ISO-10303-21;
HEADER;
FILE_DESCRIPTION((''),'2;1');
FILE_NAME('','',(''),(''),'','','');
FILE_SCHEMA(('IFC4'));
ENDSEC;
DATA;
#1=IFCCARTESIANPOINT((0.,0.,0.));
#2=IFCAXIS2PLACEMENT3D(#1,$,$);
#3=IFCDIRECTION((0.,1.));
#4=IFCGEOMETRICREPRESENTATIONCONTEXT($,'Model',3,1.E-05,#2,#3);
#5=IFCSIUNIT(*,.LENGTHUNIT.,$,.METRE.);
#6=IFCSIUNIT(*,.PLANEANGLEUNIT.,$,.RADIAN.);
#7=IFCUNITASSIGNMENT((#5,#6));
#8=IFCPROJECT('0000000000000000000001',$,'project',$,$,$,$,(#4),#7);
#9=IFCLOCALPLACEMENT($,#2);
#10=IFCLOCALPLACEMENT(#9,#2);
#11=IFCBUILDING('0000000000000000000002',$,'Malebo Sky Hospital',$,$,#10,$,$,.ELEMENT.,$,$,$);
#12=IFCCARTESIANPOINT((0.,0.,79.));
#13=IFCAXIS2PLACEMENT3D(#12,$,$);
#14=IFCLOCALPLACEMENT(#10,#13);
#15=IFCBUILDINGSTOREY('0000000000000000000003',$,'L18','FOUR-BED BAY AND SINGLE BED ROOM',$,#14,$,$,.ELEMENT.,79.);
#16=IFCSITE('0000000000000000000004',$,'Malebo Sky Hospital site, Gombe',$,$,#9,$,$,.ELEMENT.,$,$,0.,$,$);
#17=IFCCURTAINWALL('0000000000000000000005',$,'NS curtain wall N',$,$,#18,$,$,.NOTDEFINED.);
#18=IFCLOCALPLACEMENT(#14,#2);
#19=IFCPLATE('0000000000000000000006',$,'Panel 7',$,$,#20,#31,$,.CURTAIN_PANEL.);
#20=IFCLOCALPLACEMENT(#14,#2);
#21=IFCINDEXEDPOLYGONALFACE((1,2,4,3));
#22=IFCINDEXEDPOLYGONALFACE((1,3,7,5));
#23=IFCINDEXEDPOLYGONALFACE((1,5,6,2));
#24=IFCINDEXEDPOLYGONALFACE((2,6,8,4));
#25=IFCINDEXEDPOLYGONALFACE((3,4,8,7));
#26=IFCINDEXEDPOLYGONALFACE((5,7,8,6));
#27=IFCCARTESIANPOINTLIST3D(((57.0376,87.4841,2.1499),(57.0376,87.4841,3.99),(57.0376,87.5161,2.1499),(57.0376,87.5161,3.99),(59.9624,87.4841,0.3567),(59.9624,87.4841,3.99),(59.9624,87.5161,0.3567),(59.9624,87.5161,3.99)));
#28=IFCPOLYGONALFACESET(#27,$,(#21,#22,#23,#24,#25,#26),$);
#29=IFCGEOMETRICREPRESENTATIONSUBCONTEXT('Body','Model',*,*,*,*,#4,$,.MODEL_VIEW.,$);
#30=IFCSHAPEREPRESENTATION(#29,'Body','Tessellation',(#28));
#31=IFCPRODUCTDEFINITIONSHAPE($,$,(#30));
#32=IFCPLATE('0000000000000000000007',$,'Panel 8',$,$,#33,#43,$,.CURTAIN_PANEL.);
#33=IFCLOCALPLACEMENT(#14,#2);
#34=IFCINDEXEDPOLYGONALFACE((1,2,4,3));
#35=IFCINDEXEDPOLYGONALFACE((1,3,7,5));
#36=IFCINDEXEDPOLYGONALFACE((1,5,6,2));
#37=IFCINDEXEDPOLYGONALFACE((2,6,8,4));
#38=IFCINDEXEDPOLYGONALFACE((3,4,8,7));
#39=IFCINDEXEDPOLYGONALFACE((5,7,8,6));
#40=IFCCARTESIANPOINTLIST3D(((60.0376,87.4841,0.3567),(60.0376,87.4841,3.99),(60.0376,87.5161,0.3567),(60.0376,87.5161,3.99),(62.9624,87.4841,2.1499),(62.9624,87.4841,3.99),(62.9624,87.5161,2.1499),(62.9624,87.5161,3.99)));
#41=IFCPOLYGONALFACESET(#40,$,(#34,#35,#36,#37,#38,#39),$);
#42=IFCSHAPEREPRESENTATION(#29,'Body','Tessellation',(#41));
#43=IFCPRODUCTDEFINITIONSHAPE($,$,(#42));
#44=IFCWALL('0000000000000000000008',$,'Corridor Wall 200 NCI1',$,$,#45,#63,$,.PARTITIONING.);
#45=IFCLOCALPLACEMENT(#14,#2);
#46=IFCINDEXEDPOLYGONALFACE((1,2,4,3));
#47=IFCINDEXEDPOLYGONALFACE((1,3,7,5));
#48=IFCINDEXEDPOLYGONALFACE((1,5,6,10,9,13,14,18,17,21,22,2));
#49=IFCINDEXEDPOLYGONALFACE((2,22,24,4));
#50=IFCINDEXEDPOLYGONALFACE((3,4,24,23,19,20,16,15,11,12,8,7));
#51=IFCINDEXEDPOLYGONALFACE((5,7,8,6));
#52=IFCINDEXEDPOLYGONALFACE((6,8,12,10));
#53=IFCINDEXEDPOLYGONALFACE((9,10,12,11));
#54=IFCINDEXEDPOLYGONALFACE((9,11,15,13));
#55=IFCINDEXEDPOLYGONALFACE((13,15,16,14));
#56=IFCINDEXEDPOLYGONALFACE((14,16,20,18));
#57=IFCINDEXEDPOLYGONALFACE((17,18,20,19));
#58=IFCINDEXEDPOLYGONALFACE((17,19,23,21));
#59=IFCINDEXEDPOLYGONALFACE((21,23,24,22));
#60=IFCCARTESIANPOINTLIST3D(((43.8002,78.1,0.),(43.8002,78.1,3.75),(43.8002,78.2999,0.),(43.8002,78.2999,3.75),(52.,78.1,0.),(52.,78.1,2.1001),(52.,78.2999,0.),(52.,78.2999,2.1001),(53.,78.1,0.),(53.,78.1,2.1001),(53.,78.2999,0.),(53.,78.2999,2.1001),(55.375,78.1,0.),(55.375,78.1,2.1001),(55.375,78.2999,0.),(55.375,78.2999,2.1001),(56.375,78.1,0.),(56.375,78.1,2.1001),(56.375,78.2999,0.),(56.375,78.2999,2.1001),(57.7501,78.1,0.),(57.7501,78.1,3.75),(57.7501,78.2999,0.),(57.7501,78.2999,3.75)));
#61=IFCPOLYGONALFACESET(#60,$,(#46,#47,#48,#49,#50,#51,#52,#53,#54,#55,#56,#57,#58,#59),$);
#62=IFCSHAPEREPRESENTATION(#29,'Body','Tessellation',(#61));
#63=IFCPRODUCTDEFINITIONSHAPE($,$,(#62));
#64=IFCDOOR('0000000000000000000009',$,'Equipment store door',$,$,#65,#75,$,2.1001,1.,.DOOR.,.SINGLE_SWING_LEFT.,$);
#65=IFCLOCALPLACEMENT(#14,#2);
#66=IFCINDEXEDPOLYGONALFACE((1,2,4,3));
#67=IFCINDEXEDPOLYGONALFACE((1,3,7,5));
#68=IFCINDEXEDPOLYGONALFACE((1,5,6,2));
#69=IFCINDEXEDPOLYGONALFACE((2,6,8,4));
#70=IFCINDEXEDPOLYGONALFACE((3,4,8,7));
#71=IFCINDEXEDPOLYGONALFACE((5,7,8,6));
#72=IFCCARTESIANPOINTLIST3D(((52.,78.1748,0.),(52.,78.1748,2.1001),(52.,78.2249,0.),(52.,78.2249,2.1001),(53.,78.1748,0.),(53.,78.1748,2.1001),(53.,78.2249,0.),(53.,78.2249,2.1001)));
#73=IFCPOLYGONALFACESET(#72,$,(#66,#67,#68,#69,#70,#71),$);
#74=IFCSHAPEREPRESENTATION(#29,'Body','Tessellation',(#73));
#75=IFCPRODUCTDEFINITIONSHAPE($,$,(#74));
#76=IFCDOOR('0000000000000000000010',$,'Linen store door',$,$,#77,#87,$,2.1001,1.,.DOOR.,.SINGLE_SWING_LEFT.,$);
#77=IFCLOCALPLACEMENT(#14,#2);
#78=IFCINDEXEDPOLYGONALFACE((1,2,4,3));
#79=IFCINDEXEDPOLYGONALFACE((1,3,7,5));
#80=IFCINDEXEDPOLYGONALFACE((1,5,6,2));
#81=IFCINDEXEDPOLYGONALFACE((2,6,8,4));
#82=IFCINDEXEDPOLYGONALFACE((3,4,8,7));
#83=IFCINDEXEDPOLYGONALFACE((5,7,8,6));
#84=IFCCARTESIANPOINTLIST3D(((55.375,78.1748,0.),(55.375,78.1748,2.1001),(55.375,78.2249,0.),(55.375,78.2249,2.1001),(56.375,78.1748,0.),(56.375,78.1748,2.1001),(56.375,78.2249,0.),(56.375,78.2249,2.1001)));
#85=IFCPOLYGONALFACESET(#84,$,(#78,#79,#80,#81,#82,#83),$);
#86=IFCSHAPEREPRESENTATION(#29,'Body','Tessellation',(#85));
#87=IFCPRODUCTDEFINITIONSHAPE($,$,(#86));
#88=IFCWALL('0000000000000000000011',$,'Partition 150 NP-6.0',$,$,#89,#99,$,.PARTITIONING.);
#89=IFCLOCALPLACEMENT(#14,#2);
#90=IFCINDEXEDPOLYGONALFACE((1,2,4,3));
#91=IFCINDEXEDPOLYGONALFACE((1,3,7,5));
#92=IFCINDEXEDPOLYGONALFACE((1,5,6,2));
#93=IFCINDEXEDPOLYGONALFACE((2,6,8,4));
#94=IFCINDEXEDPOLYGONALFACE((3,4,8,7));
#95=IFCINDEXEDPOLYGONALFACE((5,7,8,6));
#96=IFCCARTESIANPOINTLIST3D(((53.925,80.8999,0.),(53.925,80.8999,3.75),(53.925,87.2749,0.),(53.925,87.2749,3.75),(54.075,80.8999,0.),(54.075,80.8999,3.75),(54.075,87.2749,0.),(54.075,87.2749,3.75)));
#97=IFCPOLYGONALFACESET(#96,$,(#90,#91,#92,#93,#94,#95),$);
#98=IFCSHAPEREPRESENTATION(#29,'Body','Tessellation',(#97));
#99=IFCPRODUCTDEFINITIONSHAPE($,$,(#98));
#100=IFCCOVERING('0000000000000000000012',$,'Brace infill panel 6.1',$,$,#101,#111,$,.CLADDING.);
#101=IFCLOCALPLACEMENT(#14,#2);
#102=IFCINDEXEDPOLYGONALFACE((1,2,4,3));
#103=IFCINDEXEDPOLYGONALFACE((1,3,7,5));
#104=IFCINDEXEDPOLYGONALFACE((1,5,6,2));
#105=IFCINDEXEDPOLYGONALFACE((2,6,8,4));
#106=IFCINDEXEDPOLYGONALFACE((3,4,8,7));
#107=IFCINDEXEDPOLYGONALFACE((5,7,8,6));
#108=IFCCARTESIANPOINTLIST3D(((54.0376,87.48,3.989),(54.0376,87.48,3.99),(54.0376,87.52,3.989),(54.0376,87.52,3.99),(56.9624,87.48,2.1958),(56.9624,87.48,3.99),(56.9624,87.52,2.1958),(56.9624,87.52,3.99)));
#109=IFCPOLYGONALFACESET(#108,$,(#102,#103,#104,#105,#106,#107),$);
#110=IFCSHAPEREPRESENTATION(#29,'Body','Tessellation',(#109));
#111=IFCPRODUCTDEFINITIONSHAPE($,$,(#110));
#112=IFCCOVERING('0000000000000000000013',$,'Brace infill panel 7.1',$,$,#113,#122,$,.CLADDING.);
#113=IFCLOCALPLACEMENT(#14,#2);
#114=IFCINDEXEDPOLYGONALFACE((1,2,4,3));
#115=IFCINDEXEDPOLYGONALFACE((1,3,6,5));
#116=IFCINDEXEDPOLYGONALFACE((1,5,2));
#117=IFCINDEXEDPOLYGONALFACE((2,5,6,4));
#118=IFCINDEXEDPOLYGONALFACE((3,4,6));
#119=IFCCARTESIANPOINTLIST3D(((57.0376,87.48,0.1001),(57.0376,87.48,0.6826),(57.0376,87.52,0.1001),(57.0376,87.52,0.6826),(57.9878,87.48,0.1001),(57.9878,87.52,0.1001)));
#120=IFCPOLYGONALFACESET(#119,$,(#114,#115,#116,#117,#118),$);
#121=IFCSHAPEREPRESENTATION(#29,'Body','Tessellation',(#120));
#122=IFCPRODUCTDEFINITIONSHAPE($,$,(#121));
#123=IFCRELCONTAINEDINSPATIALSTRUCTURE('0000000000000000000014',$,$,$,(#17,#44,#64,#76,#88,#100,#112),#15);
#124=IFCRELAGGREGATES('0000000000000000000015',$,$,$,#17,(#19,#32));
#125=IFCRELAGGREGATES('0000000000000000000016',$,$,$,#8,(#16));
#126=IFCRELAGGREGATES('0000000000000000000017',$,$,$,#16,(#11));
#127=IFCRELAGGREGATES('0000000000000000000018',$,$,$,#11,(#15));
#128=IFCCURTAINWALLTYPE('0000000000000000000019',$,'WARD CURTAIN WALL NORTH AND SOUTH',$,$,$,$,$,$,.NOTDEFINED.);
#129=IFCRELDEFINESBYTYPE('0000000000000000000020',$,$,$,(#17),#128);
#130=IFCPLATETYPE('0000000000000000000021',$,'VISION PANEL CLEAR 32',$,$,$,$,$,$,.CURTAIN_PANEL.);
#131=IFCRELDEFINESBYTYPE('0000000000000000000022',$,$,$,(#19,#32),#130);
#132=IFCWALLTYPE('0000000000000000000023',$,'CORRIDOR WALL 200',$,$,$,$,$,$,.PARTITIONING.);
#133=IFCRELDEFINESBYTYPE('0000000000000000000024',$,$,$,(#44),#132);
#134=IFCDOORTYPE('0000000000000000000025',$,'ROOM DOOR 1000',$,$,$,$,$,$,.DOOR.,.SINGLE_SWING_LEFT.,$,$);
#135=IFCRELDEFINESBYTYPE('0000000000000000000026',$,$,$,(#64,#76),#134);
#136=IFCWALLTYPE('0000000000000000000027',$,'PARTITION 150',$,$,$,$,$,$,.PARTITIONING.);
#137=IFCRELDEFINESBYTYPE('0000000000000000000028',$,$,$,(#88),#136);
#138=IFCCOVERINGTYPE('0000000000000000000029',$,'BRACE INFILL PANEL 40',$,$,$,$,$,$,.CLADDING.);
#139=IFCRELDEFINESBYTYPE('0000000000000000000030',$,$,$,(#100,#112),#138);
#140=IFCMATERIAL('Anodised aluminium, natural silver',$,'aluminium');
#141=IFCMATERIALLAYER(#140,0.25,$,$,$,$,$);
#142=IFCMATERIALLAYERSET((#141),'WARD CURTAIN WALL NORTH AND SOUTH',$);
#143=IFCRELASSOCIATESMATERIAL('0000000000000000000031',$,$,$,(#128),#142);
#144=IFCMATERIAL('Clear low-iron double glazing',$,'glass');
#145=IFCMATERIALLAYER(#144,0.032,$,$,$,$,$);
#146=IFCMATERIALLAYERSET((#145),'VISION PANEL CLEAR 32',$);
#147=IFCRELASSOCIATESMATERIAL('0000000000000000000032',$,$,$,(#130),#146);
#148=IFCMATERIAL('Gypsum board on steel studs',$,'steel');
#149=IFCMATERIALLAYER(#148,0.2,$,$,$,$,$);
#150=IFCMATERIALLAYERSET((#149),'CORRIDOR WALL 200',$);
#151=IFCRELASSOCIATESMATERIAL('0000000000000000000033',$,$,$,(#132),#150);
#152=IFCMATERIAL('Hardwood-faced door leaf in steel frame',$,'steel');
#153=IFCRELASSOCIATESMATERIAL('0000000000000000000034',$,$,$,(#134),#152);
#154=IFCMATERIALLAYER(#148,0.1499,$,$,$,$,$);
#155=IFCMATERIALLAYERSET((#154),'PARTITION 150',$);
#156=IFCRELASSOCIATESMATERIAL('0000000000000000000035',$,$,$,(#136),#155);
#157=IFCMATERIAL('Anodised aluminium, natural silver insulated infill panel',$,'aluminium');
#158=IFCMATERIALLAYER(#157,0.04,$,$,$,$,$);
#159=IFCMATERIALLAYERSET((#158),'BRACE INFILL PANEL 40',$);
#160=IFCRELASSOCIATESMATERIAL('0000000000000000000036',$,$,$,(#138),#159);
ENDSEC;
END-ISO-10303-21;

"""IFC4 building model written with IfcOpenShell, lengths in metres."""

from ifc_helpers import new_model, si_unit, direction, frame, frame_2d, origin, place, context, subcontext, project, spatial, polyline, rectangle, outline, extrude, material, layer, layer_set, type_object, element, fill, aggregate, save


model = new_model("IFC4")

# Units and contexts
model_context = context("Model", 3, precision=1e-05, world=origin(), true_north=direction((0.0, 1.0)))
body_context = subcontext(model_context, "Body", "Model", "MODEL_VIEW")
ifc_project = project(units=[si_unit("LENGTHUNIT", "METRE"), si_unit("PLANEANGLEUNIT", "RADIAN")], contexts=[model_context])

# Site, building, storey
site_placement = place(None, origin())
site = spatial("IfcSite", under=ifc_project, at=site_placement, Name="Malebo Sky Hospital site, Gombe", CompositionType="ELEMENT", RefElevation=0.0)
building_placement = place(site_placement, origin())
building = spatial("IfcBuilding", under=site, at=building_placement, Name="Malebo Sky Hospital", CompositionType="ELEMENT")
storey_placement = place(building_placement, frame((0.0, 0.0, 79.0)))
storey = spatial("IfcBuildingStorey", under=building, at=storey_placement, Name="L18", Description="FOUR-BED BAY AND SINGLE BED ROOM", CompositionType="ELEMENT", Elevation=79.0)

# Curtain wall
ifc_material_1 = material(Name="Anodised aluminium, natural silver", Category="aluminium")
ifc_layer_1 = layer(ifc_material_1, 0.25)
ifc_layer_set_1 = layer_set([ifc_layer_1], Name="WARD CURTAIN WALL NORTH AND SOUTH")
curtain_wall_type = type_object("IfcCurtainWallType", Name="WARD CURTAIN WALL NORTH AND SOUTH", PredefinedType="NOTDEFINED", material=ifc_layer_set_1)
curtain_wall_placement = place(storey_placement, origin())
curtain_wall = element("IfcCurtainWall", 1, at=curtain_wall_placement, inside=storey, type_object=curtain_wall_type, Name="NS curtain wall N", PredefinedType="NOTDEFINED")

# Plates
ifc_material_2 = material(Name="Clear low-iron double glazing", Category="glass")
ifc_layer_2 = layer(ifc_material_2, 0.032)
ifc_layer_set_2 = layer_set([ifc_layer_2], Name="VISION PANEL CLEAR 32")
plate_type = type_object("IfcPlateType", Name="VISION PANEL CLEAR 32", PredefinedType="CURTAIN_PANEL", material=ifc_layer_set_2)
plate_1_placement = place(storey_placement, frame((58.5, 87.5, 0.3567), z_axis=(0.0, 0.0, 1.0), x_axis=(1.0, 0.0, 0.0)))
plate_1 = element("IfcPlate", 2, at=plate_1_placement, type_object=plate_type, Name="Panel 7", PredefinedType="CURTAIN_PANEL", context=body_context, shape_type="SweptSolid", body=[
    extrude(outline(polyline([(1.4624, 0.0), (1.4624, 3.6333), (-1.4624, 3.6333), (-1.4624, 1.7932), (1.4624, 0.0)])), frame((0.0, 0.0161, 0.0), z_axis=(0.0, -1.0, 0.0), x_axis=(1.0, 0.0, 0.0)), (0.0, 0.0, 1.0), 0.032),
])
plate_2_placement = place(storey_placement, frame((61.5, 87.5, 0.3567), z_axis=(0.0, 0.0, 1.0), x_axis=(1.0, 0.0, 0.0)))
plate_2 = element("IfcPlate", 3, at=plate_2_placement, type_object=plate_type, Name="Panel 8", PredefinedType="CURTAIN_PANEL", context=body_context, shape_type="SweptSolid", body=[
    extrude(outline(polyline([(-1.4624, 0.0), (1.4624, 1.7932), (1.4624, 3.6333), (-1.4624, 3.6333), (-1.4624, 0.0)])), frame((0.0, 0.0161, 0.0), z_axis=(0.0, -1.0, 0.0), x_axis=(1.0, 0.0, 0.0)), (0.0, 0.0, 1.0), 0.032),
])
aggregate(curtain_wall, [plate_1, plate_2])

# Wall, openings, doors
ifc_material_3 = material(Name="Gypsum board on steel studs", Category="steel")
ifc_layer_3 = layer(ifc_material_3, 0.2)
ifc_layer_set_3 = layer_set([ifc_layer_3], Name="CORRIDOR WALL 200")
wall_type_1 = type_object("IfcWallType", Name="CORRIDOR WALL 200", PredefinedType="PARTITIONING", material=ifc_layer_set_3)
wall_1_placement = place(storey_placement, frame((43.8, 78.2, 0.0), z_axis=(0.0, 0.0, 1.0), x_axis=(1.0, 0.0, 0.0)))
wall_1 = element("IfcWall", 4, at=wall_1_placement, inside=storey, type_object=wall_type_1, Name="Corridor Wall 200 NCI1", PredefinedType="PARTITIONING", context=body_context, shape_type="SweptSolid", body=[
    extrude(rectangle(XDim=13.95, YDim=0.2, at=frame_2d((6.9751, 0.0))), origin(), (0.0, 0.0, 1.0), 3.75),
])
opening_1_placement = place(wall_1_placement, frame((8.2, 0.0, 0.0)))
opening_1 = element("IfcOpeningElement", 5, at=opening_1_placement, cuts=wall_1, PredefinedType="OPENING", context=body_context, shape_type="SweptSolid", body=[
    extrude(rectangle(XDim=1.0, YDim=2.1001, at=frame_2d((0.5, 1.05))), frame((0.0, 0.1099, 0.0), z_axis=(0.0, -1.0, 0.0), x_axis=(1.0, 0.0, 0.0)), (0.0, 0.0, 1.0), 0.22),
])
opening_2_placement = place(wall_1_placement, frame((11.575, 0.0, 0.0)))
opening_2 = element("IfcOpeningElement", 6, at=opening_2_placement, cuts=wall_1, PredefinedType="OPENING", context=body_context, shape_type="SweptSolid", body=[
    extrude(rectangle(XDim=1.0, YDim=2.1001, at=frame_2d((0.5, 1.05))), frame((0.0, 0.1099, 0.0), z_axis=(0.0, -1.0, 0.0), x_axis=(1.0, 0.0, 0.0)), (0.0, 0.0, 1.0), 0.22),
])
ifc_material_4 = material(Name="Hardwood-faced door leaf in steel frame", Category="steel")
door_type = type_object("IfcDoorType", Name="ROOM DOOR 1000", OperationType="SINGLE_SWING_LEFT", PredefinedType="DOOR", material=ifc_material_4)
door_1_placement = place(opening_1_placement, origin())
door_1 = element("IfcDoor", 7, at=door_1_placement, inside=storey, type_object=door_type, Name="Equipment store door", OperationType="SINGLE_SWING_LEFT", OverallHeight=2.1001, OverallWidth=1.0, PredefinedType="DOOR", context=body_context, shape_type="SweptSolid", body=[
    extrude(rectangle(XDim=1.0, YDim=2.1001, at=frame_2d((0.5, 1.05))), frame((0.0, 0.0249, 0.0), z_axis=(0.0, -1.0, 0.0), x_axis=(1.0, 0.0, 0.0)), (0.0, 0.0, 1.0), 0.05),
])
fill(opening_1, door_1)
door_2_placement = place(opening_2_placement, origin())
door_2 = element("IfcDoor", 8, at=door_2_placement, inside=storey, type_object=door_type, Name="Linen store door", OperationType="SINGLE_SWING_LEFT", OverallHeight=2.1001, OverallWidth=1.0, PredefinedType="DOOR", context=body_context, shape_type="SweptSolid", body=[
    extrude(rectangle(XDim=1.0, YDim=2.1001, at=frame_2d((0.5, 1.05))), frame((0.0, 0.0249, 0.0), z_axis=(0.0, -1.0, 0.0), x_axis=(1.0, 0.0, 0.0)), (0.0, 0.0, 1.0), 0.05),
])
fill(opening_2, door_2)

# Wall
ifc_layer_4 = layer(ifc_material_3, 0.1499)
ifc_layer_set_4 = layer_set([ifc_layer_4], Name="PARTITION 150")
wall_type_2 = type_object("IfcWallType", Name="PARTITION 150", PredefinedType="PARTITIONING", material=ifc_layer_set_4)
wall_2_placement = place(storey_placement, frame((54.0, 80.8999, 0.0), z_axis=(0.0, 0.0, 1.0), x_axis=(0.0, 1.0, 0.0)))
element("IfcWall", 9, at=wall_2_placement, inside=storey, type_object=wall_type_2, Name="Partition 150 NP-6.0", PredefinedType="PARTITIONING", context=body_context, shape_type="SweptSolid", body=[
    extrude(rectangle(XDim=6.375, YDim=0.1499, at=frame_2d((3.1875, 0.0))), origin(), (0.0, 0.0, 1.0), 3.75),
])

# Coverings
ifc_material_5 = material(Name="Anodised aluminium, natural silver insulated infill panel", Category="aluminium")
ifc_layer_5 = layer(ifc_material_5, 0.04)
ifc_layer_set_5 = layer_set([ifc_layer_5], Name="BRACE INFILL PANEL 40")
covering_type = type_object("IfcCoveringType", Name="BRACE INFILL PANEL 40", PredefinedType="CLADDING", material=ifc_layer_set_5)
covering_1_placement = place(storey_placement, frame((55.5, 87.5, 2.1958), z_axis=(0.0, 0.0, 1.0), x_axis=(1.0, 0.0, 0.0)))
element("IfcCovering", 10, at=covering_1_placement, inside=storey, type_object=covering_type, Name="Brace infill panel 6.1", PredefinedType="CLADDING", context=body_context, shape_type="SweptSolid", body=[
    extrude(outline(polyline([(1.4624, 0.0), (1.4624, 1.7942), (-1.4624, 1.7942), (-1.4624, 1.7932), (1.4624, 0.0)])), frame((0.0, 0.02, 0.0), z_axis=(0.0, -1.0, 0.0), x_axis=(1.0, 0.0, 0.0)), (0.0, 0.0, 1.0), 0.04),
])
covering_2_placement = place(storey_placement, frame((57.5127, 87.5, 0.1001), z_axis=(0.0, 0.0, 1.0), x_axis=(1.0, 0.0, 0.0)))
element("IfcCovering", 11, at=covering_2_placement, inside=storey, type_object=covering_type, Name="Brace infill panel 7.1", PredefinedType="CLADDING", context=body_context, shape_type="SweptSolid", body=[
    extrude(outline(polyline([(-0.4751, 0.0), (0.4751, 0.0), (-0.4751, 0.5825), (-0.4751, 0.0)])), frame((0.0, 0.02, 0.0), z_axis=(0.0, -1.0, 0.0), x_axis=(1.0, 0.0, 0.0)), (0.0, 0.0, 1.0), 0.04),
])

save(model, "model.ifc")
